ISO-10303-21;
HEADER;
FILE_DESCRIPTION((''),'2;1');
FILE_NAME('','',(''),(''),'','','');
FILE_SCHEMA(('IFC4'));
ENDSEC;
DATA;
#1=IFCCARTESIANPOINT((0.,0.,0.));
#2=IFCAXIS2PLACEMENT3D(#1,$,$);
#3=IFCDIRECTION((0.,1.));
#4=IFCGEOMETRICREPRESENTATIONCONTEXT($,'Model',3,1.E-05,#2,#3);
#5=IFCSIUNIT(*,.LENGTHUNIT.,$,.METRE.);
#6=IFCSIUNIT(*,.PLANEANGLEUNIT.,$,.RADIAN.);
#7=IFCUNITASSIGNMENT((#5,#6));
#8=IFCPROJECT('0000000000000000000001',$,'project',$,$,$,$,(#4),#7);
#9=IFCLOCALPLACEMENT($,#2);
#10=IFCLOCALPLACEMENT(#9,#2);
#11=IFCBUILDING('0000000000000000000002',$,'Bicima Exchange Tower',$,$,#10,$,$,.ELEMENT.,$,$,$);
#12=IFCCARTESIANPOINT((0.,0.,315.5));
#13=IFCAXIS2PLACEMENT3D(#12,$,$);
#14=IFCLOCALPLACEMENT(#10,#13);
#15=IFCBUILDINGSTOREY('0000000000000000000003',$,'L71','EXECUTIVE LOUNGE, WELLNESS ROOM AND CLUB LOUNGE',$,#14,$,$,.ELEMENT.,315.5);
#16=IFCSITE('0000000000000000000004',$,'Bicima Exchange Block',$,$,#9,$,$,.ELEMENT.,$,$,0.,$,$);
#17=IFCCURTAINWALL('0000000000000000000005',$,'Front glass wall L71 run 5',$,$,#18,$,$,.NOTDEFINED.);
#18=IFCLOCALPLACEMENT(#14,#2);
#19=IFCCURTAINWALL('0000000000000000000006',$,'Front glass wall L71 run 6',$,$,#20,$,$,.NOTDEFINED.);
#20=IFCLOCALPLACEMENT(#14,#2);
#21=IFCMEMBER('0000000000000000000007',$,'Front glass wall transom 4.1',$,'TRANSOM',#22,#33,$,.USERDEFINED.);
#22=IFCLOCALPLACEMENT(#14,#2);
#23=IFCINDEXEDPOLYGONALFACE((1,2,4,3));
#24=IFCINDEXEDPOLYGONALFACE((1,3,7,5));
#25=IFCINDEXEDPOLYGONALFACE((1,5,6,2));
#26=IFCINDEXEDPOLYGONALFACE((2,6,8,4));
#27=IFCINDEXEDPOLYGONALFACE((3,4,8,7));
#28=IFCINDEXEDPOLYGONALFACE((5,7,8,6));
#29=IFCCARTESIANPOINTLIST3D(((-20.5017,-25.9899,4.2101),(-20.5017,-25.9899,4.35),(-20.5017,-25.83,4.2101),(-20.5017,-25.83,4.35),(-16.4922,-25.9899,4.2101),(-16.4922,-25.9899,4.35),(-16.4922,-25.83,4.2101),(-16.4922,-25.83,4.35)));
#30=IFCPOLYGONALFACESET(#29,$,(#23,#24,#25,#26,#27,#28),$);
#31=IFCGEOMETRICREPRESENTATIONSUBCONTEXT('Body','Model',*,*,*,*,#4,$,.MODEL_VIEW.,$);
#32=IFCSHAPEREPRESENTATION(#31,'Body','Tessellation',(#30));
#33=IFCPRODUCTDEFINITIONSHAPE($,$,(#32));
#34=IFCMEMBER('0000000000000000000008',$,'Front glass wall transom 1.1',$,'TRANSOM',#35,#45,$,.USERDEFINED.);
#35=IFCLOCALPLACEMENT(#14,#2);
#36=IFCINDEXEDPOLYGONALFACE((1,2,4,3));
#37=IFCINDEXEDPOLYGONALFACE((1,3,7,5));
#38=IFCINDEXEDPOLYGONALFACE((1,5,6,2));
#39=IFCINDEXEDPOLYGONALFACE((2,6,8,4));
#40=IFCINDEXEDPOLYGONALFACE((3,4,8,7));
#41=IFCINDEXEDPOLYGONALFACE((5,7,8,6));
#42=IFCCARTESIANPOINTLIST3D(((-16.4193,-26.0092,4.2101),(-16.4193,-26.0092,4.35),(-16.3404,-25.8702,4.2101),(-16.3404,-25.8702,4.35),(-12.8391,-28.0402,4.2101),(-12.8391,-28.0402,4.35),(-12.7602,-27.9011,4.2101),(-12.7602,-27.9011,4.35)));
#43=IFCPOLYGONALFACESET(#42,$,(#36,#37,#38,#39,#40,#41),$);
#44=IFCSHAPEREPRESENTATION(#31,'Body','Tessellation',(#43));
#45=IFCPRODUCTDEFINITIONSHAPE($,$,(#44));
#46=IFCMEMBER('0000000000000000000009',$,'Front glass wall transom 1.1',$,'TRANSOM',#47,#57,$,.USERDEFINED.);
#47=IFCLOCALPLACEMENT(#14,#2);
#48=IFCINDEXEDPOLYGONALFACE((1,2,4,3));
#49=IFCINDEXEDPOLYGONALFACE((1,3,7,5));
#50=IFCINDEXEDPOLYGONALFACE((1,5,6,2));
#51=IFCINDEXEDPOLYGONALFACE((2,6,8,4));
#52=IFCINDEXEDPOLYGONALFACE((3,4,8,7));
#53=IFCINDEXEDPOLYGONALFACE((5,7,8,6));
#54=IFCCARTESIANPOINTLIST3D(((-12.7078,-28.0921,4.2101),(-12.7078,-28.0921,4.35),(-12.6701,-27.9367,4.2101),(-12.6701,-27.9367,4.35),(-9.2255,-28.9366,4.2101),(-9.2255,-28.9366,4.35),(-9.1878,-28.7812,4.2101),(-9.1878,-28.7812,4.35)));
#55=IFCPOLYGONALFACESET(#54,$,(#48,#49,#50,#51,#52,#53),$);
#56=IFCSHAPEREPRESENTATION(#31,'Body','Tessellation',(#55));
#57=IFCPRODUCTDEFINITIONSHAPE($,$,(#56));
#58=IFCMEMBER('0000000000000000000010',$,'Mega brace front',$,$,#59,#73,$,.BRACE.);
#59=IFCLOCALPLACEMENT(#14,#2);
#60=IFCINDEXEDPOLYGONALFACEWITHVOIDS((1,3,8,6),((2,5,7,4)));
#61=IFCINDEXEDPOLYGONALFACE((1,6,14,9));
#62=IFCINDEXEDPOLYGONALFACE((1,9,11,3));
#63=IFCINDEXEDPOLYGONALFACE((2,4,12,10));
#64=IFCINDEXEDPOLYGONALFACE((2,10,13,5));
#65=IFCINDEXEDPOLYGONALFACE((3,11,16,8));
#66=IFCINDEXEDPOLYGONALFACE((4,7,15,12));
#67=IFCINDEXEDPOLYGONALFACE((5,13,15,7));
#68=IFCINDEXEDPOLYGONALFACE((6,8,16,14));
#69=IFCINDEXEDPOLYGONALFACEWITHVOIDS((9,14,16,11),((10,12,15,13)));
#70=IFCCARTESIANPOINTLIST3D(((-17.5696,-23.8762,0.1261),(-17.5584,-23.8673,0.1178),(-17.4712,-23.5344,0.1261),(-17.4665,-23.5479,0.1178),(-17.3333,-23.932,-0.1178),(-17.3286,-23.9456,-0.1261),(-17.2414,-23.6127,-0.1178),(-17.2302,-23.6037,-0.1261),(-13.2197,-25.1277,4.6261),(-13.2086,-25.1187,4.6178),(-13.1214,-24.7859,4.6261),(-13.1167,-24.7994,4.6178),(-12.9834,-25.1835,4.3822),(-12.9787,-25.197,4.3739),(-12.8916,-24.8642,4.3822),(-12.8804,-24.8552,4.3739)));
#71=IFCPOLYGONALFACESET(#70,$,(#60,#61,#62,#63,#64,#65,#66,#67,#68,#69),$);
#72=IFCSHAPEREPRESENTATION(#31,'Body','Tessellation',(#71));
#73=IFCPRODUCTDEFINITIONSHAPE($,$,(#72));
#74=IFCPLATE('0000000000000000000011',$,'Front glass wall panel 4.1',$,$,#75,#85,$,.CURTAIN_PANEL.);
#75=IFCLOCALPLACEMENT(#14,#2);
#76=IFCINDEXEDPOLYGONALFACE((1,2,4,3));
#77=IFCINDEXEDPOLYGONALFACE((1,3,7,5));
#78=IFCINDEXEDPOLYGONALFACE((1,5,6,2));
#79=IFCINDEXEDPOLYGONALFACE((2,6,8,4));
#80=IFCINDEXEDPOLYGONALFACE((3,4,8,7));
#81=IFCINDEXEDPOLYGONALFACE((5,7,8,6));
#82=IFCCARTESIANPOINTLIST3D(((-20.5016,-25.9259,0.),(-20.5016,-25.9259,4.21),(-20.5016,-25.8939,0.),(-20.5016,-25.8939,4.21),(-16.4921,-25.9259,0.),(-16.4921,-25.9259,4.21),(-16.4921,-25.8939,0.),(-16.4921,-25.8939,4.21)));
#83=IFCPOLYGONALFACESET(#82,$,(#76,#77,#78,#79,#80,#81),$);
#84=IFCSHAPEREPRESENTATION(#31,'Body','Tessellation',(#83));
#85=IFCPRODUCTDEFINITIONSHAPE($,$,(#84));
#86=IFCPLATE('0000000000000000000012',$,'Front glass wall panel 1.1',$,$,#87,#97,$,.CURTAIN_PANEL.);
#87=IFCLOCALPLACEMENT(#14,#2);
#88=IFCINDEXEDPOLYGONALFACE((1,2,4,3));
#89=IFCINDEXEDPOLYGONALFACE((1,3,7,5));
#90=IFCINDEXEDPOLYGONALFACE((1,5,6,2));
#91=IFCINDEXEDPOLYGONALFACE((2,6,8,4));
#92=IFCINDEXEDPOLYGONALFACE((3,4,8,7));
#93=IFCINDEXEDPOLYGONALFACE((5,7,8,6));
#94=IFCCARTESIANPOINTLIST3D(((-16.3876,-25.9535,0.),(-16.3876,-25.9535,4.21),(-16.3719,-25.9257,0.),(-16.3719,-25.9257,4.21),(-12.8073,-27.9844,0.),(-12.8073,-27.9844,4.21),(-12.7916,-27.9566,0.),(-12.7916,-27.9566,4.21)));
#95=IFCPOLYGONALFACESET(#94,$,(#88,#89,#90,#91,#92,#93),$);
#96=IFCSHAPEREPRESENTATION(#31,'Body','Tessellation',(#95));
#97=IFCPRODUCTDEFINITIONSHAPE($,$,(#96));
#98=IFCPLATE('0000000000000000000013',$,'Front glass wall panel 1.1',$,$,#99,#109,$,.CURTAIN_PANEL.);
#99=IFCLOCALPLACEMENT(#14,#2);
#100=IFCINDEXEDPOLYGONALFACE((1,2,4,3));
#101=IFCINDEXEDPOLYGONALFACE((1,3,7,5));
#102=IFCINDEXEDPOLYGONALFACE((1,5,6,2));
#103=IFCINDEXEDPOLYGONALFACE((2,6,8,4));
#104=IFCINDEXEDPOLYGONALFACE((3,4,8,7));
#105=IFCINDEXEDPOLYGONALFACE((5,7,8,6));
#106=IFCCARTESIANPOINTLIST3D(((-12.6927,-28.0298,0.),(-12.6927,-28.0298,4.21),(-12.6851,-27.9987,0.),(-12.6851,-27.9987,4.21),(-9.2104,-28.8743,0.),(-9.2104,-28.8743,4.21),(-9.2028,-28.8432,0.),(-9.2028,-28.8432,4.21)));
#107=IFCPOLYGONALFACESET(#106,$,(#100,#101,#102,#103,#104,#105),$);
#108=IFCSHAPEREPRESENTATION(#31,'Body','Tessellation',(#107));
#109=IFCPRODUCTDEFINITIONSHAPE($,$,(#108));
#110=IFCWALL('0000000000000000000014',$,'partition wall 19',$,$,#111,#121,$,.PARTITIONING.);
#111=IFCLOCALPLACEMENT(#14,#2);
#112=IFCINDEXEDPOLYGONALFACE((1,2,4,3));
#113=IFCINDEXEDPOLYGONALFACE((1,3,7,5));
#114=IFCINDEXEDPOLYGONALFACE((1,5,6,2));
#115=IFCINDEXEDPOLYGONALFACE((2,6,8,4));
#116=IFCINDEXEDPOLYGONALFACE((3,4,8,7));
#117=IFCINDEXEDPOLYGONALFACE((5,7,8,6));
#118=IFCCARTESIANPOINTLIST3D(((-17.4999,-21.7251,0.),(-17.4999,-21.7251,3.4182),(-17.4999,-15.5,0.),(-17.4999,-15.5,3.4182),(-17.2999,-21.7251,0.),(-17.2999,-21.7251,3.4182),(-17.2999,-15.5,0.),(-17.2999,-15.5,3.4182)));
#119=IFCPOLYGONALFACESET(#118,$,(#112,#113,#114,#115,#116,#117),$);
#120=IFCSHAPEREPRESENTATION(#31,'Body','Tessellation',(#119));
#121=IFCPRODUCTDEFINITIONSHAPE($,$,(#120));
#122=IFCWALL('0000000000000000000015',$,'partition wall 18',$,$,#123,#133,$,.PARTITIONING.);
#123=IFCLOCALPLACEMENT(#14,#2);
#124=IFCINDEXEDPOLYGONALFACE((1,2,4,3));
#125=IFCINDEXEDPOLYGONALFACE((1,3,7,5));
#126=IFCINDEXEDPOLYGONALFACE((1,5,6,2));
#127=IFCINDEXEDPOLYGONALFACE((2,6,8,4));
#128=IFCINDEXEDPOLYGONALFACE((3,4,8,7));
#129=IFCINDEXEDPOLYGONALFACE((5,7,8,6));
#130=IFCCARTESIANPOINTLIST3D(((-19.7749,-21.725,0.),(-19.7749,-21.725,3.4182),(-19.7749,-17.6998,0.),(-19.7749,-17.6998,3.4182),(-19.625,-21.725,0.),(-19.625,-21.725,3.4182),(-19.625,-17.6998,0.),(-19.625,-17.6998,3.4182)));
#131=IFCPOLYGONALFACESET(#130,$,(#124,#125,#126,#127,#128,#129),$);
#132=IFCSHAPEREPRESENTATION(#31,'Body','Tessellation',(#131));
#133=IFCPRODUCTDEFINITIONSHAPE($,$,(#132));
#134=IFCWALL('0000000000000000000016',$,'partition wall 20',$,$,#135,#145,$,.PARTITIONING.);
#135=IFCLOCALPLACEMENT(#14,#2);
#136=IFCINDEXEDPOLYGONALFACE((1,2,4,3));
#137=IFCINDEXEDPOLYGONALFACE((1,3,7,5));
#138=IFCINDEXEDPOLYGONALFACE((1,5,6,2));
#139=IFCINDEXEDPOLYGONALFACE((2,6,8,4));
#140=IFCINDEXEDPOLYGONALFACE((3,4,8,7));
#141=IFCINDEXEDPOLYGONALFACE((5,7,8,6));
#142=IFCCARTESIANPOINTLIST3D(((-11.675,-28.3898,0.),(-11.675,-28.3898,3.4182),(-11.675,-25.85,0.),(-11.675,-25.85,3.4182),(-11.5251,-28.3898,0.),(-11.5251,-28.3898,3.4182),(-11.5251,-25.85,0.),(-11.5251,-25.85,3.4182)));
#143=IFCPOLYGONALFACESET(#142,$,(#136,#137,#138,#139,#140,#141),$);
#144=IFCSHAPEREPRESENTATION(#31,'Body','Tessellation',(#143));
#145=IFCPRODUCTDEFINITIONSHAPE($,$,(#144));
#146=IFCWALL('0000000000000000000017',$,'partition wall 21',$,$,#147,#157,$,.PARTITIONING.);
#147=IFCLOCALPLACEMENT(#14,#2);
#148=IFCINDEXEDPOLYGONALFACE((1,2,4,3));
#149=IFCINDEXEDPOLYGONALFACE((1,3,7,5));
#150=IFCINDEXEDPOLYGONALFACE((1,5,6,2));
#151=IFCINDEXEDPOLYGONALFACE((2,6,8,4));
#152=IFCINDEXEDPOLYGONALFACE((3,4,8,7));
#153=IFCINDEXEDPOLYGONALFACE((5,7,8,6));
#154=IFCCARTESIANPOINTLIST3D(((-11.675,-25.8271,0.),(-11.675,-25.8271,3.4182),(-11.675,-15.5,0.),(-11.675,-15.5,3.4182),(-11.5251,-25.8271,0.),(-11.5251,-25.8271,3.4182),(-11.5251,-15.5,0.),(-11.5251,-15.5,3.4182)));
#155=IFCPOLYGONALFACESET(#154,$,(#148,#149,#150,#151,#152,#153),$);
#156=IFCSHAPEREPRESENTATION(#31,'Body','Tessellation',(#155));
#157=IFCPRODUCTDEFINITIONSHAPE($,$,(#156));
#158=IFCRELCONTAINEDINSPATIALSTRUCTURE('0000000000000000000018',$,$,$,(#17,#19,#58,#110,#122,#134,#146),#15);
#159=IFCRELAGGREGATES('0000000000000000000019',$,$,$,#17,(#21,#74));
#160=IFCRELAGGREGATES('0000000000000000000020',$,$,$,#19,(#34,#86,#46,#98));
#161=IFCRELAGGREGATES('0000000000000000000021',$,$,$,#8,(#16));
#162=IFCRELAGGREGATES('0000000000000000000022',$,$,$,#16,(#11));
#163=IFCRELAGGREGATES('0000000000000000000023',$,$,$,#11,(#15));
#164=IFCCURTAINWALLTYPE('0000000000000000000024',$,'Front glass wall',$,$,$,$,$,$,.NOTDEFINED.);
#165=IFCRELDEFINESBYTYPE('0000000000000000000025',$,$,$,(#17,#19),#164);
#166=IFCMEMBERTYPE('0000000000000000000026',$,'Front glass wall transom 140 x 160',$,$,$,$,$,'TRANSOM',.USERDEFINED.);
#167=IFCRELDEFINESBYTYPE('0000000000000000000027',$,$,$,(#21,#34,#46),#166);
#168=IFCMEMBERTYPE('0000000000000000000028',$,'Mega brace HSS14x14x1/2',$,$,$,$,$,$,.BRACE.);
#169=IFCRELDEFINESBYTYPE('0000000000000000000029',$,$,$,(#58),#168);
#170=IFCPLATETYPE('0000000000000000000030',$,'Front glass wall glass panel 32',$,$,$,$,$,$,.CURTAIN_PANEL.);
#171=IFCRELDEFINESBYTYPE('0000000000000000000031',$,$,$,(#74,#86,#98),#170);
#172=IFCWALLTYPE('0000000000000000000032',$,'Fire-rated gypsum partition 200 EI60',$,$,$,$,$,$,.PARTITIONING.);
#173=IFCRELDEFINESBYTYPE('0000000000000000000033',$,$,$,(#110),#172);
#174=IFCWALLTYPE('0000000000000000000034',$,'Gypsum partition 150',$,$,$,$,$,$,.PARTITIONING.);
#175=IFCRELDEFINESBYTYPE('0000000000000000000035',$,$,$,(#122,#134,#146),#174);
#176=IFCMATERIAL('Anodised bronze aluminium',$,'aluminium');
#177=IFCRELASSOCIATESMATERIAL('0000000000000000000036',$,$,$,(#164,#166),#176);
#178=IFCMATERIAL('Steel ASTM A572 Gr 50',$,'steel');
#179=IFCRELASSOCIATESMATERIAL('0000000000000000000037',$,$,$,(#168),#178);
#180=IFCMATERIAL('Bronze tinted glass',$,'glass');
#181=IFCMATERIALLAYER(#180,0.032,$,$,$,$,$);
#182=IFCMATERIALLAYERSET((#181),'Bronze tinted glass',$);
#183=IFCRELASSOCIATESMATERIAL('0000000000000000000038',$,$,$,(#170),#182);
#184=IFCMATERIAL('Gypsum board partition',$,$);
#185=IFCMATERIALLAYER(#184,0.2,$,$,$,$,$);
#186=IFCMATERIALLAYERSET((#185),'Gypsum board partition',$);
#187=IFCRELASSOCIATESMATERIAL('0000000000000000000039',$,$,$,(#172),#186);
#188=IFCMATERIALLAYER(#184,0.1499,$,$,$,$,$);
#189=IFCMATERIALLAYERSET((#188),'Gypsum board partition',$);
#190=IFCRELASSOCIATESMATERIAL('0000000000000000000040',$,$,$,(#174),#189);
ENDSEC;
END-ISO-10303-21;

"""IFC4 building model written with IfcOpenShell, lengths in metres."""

from ifc_helpers import new_model, si_unit, direction, frame, frame_2d, origin, origin_2d, place, context, subcontext, project, spatial, rectangle, hollow_rectangle, extrude, material, layer, layer_set, material_profile, profile_set, type_object, element, aggregate, save


model = new_model("IFC4")

# Units and contexts
model_context = context("Model", 3, precision=1e-05, world=origin(), true_north=direction((0.0, 1.0)))
body_context = subcontext(model_context, "Body", "Model", "MODEL_VIEW")
ifc_project = project(units=[si_unit("LENGTHUNIT", "METRE"), si_unit("PLANEANGLEUNIT", "RADIAN")], contexts=[model_context])

# Site, building, storey
site_placement = place(None, origin())
site = spatial("IfcSite", under=ifc_project, at=site_placement, Name="Bicima Exchange Block", CompositionType="ELEMENT", RefElevation=0.0)
building_placement = place(site_placement, origin())
building = spatial("IfcBuilding", under=site, at=building_placement, Name="Bicima Exchange Tower", CompositionType="ELEMENT")
storey_placement = place(building_placement, frame((0.0, 0.0, 315.5)))
storey = spatial("IfcBuildingStorey", under=building, at=storey_placement, Name="L71", Description="EXECUTIVE LOUNGE, WELLNESS ROOM AND CLUB LOUNGE", CompositionType="ELEMENT", Elevation=315.5)

# Shared definitions
ifc_material_1 = material(Name="Steel ASTM A572 Gr 50", Category="steel")

# Curtain walls
ifc_material_2 = material(Name="Anodised bronze aluminium", Category="aluminium")
curtain_wall_type = type_object("IfcCurtainWallType", Name="Front glass wall", PredefinedType="NOTDEFINED", material=ifc_material_2)
curtain_wall_1_placement = place(storey_placement, origin())
curtain_wall_1 = element("IfcCurtainWall", 1, at=curtain_wall_1_placement, inside=storey, type_object=curtain_wall_type, Name="Front glass wall L71 run 5", PredefinedType="NOTDEFINED")
curtain_wall_2_placement = place(storey_placement, origin())
curtain_wall_2 = element("IfcCurtainWall", 2, at=curtain_wall_2_placement, inside=storey, type_object=curtain_wall_type, Name="Front glass wall L71 run 6", PredefinedType="NOTDEFINED")

# Members
ifc_material_profile_1 = material_profile(ifc_material_2, rectangle(XDim=0.1599, YDim=0.1399, at=origin_2d()))
ifc_profile_set_1 = profile_set([ifc_material_profile_1], Name="Anodised bronze aluminium")
member_type_1 = type_object("IfcMemberType", Name="Front glass wall transom 140 x 160", ElementType="TRANSOM", PredefinedType="USERDEFINED", material=ifc_profile_set_1)
member_1_placement = place(storey_placement, frame((-20.5017, -25.9099, 4.28), z_axis=(1.0, 0.0, 0.0), x_axis=(0.0, 1.0, 0.0)))
member_1 = element("IfcMember", 3, at=member_1_placement, type_object=member_type_1, Name="Front glass wall transom 4.1", ObjectType="TRANSOM", PredefinedType="USERDEFINED", context=body_context, shape_type="SweptSolid", body=[
    extrude(rectangle(XDim=0.1599, YDim=0.1399, at=origin_2d()), origin(), (0.0, 0.0, 1.0), 4.0095),
])
member_2_placement = place(storey_placement, frame((-16.3799, -25.9397, 4.28), z_axis=(0.869797, -0.493409, 0.0), x_axis=(0.493409, 0.869797, 0.0)))
member_2 = element("IfcMember", 4, at=member_2_placement, type_object=member_type_1, Name="Front glass wall transom 1.1", ObjectType="TRANSOM", PredefinedType="USERDEFINED", context=body_context, shape_type="SweptSolid", body=[
    extrude(rectangle(XDim=0.1599, YDim=0.1399, at=origin_2d()), origin(), (0.0, 0.0, 1.0), 4.1162),
])
member_3_placement = place(storey_placement, frame((-12.689, -28.0144, 4.28), z_axis=(0.971834, -0.235668, 0.0), x_axis=(0.235668, 0.971834, 0.0)))
member_3 = element("IfcMember", 5, at=member_3_placement, type_object=member_type_1, Name="Front glass wall transom 1.1", ObjectType="TRANSOM", PredefinedType="USERDEFINED", context=body_context, shape_type="SweptSolid", body=[
    extrude(rectangle(XDim=0.1599, YDim=0.1399, at=origin_2d()), origin(), (0.0, 0.0, 1.0), 3.5833),
])
ifc_material_profile_2 = material_profile(ifc_material_1, hollow_rectangle(XDim=0.3557, YDim=0.3557, WallThickness=0.0117, at=origin_2d()))
ifc_profile_set_2 = profile_set([ifc_material_profile_2], Name="Steel ASTM A572 Gr 50")
member_type_2 = type_object("IfcMemberType", Name="Mega brace HSS14x14x1/2", PredefinedType="BRACE", material=ifc_profile_set_2)
member_4_placement = place(storey_placement, frame((-17.3999, -23.74, 0.0), z_axis=(0.681519, -0.196075, 0.705044), x_axis=(0.276487, 0.961018, 0.0)))
element("IfcMember", 6, at=member_4_placement, inside=storey, type_object=member_type_2, Name="Mega brace front", PredefinedType="BRACE", context=body_context, shape_type="SweptSolid", body=[
    extrude(hollow_rectangle(XDim=0.3557, YDim=0.3557, WallThickness=0.0117, at=origin_2d()), origin(), (0.0, 0.0, 1.0), 6.3826),
])

# Plates
ifc_material_3 = material(Name="Bronze tinted glass", Category="glass")
ifc_layer_1 = layer(ifc_material_3, 0.032)
ifc_layer_set_1 = layer_set([ifc_layer_1], Name="Bronze tinted glass")
plate_type = type_object("IfcPlateType", Name="Front glass wall glass panel 32", PredefinedType="CURTAIN_PANEL", material=ifc_layer_set_1)
plate_1_placement = place(storey_placement, frame((-18.4968, -25.9099, 0.0), z_axis=(0.0, 0.0, 1.0), x_axis=(1.0, 0.0, 0.0)))
plate_1 = element("IfcPlate", 7, at=plate_1_placement, type_object=plate_type, Name="Front glass wall panel 4.1", PredefinedType="CURTAIN_PANEL", context=body_context, shape_type="SweptSolid", body=[
    extrude(rectangle(XDim=4.0095, YDim=0.032, at=origin_2d()), origin(), (0.0, 0.0, 1.0), 4.21),
])
aggregate(curtain_wall_1, [member_1, plate_1])
plate_2_placement = place(storey_placement, frame((-14.5896, -26.9551, 0.0), z_axis=(0.0, 0.0, 1.0), x_axis=(0.869805, -0.493395, 0.0)))
plate_2 = element("IfcPlate", 8, at=plate_2_placement, type_object=plate_type, Name="Front glass wall panel 1.1", PredefinedType="CURTAIN_PANEL", context=body_context, shape_type="SweptSolid", body=[
    extrude(rectangle(XDim=4.1162, YDim=0.032, at=origin_2d()), origin(), (0.0, 0.0, 1.0), 4.21),
])
plate_3_placement = place(storey_placement, frame((-10.9478, -28.4365, 0.0), z_axis=(0.0, 0.0, 1.0), x_axis=(0.97183, -0.235682, 0.0)))
plate_3 = element("IfcPlate", 9, at=plate_3_placement, type_object=plate_type, Name="Front glass wall panel 1.1", PredefinedType="CURTAIN_PANEL", context=body_context, shape_type="SweptSolid", body=[
    extrude(rectangle(XDim=3.5833, YDim=0.032, at=origin_2d()), origin(), (0.0, 0.0, 1.0), 4.21),
])
aggregate(curtain_wall_2, [member_2, plate_2, member_3, plate_3])

# Walls
ifc_material_4 = material(Name="Gypsum board partition")
ifc_layer_2 = layer(ifc_material_4, 0.2)
ifc_layer_set_2 = layer_set([ifc_layer_2], Name="Gypsum board partition")
wall_type_1 = type_object("IfcWallType", Name="Fire-rated gypsum partition 200 EI60", PredefinedType="PARTITIONING", material=ifc_layer_set_2)
wall_1_placement = place(storey_placement, frame((-17.3999, -21.7251, 0.0), z_axis=(0.0, 0.0, 1.0), x_axis=(0.0, 1.0, 0.0)))
element("IfcWall", 10, at=wall_1_placement, inside=storey, type_object=wall_type_1, Name="partition wall 19", PredefinedType="PARTITIONING", context=body_context, shape_type="SweptSolid", body=[
    extrude(rectangle(XDim=6.2251, YDim=0.2, at=frame_2d((3.1125, 0.0))), origin(), (0.0, 0.0, 1.0), 3.4182),
])
ifc_layer_3 = layer(ifc_material_4, 0.1499)
ifc_layer_set_3 = layer_set([ifc_layer_3], Name="Gypsum board partition")
wall_type_2 = type_object("IfcWallType", Name="Gypsum partition 150", PredefinedType="PARTITIONING", material=ifc_layer_set_3)
wall_2_placement = place(storey_placement, frame((-19.7, -21.7251, 0.0), z_axis=(0.0, 0.0, 1.0), x_axis=(0.0, 1.0, 0.0)))
element("IfcWall", 11, at=wall_2_placement, inside=storey, type_object=wall_type_2, Name="partition wall 18", PredefinedType="PARTITIONING", context=body_context, shape_type="SweptSolid", body=[
    extrude(rectangle(XDim=4.0251, YDim=0.1499, at=frame_2d((2.0127, 0.0))), origin(), (0.0, 0.0, 1.0), 3.4182),
])
wall_3_placement = place(storey_placement, frame((-11.6001, -28.3899, 0.0), z_axis=(0.0, 0.0, 1.0), x_axis=(0.0, 1.0, 0.0)))
element("IfcWall", 12, at=wall_3_placement, inside=storey, type_object=wall_type_2, Name="partition wall 20", PredefinedType="PARTITIONING", context=body_context, shape_type="SweptSolid", body=[
    extrude(rectangle(XDim=2.5398, YDim=0.1499, at=frame_2d((1.27, 0.0))), origin(), (0.0, 0.0, 1.0), 3.4182),
])
wall_4_placement = place(storey_placement, frame((-11.6001, -25.8271, 0.0), z_axis=(0.0, 0.0, 1.0), x_axis=(0.0, 1.0, 0.0)))
element("IfcWall", 13, at=wall_4_placement, inside=storey, type_object=wall_type_2, Name="partition wall 21", PredefinedType="PARTITIONING", context=body_context, shape_type="SweptSolid", body=[
    extrude(rectangle(XDim=10.3271, YDim=0.1499, at=frame_2d((5.1636, 0.0))), origin(), (0.0, 0.0, 1.0), 3.4182),
])

save(model, "model.ifc")
